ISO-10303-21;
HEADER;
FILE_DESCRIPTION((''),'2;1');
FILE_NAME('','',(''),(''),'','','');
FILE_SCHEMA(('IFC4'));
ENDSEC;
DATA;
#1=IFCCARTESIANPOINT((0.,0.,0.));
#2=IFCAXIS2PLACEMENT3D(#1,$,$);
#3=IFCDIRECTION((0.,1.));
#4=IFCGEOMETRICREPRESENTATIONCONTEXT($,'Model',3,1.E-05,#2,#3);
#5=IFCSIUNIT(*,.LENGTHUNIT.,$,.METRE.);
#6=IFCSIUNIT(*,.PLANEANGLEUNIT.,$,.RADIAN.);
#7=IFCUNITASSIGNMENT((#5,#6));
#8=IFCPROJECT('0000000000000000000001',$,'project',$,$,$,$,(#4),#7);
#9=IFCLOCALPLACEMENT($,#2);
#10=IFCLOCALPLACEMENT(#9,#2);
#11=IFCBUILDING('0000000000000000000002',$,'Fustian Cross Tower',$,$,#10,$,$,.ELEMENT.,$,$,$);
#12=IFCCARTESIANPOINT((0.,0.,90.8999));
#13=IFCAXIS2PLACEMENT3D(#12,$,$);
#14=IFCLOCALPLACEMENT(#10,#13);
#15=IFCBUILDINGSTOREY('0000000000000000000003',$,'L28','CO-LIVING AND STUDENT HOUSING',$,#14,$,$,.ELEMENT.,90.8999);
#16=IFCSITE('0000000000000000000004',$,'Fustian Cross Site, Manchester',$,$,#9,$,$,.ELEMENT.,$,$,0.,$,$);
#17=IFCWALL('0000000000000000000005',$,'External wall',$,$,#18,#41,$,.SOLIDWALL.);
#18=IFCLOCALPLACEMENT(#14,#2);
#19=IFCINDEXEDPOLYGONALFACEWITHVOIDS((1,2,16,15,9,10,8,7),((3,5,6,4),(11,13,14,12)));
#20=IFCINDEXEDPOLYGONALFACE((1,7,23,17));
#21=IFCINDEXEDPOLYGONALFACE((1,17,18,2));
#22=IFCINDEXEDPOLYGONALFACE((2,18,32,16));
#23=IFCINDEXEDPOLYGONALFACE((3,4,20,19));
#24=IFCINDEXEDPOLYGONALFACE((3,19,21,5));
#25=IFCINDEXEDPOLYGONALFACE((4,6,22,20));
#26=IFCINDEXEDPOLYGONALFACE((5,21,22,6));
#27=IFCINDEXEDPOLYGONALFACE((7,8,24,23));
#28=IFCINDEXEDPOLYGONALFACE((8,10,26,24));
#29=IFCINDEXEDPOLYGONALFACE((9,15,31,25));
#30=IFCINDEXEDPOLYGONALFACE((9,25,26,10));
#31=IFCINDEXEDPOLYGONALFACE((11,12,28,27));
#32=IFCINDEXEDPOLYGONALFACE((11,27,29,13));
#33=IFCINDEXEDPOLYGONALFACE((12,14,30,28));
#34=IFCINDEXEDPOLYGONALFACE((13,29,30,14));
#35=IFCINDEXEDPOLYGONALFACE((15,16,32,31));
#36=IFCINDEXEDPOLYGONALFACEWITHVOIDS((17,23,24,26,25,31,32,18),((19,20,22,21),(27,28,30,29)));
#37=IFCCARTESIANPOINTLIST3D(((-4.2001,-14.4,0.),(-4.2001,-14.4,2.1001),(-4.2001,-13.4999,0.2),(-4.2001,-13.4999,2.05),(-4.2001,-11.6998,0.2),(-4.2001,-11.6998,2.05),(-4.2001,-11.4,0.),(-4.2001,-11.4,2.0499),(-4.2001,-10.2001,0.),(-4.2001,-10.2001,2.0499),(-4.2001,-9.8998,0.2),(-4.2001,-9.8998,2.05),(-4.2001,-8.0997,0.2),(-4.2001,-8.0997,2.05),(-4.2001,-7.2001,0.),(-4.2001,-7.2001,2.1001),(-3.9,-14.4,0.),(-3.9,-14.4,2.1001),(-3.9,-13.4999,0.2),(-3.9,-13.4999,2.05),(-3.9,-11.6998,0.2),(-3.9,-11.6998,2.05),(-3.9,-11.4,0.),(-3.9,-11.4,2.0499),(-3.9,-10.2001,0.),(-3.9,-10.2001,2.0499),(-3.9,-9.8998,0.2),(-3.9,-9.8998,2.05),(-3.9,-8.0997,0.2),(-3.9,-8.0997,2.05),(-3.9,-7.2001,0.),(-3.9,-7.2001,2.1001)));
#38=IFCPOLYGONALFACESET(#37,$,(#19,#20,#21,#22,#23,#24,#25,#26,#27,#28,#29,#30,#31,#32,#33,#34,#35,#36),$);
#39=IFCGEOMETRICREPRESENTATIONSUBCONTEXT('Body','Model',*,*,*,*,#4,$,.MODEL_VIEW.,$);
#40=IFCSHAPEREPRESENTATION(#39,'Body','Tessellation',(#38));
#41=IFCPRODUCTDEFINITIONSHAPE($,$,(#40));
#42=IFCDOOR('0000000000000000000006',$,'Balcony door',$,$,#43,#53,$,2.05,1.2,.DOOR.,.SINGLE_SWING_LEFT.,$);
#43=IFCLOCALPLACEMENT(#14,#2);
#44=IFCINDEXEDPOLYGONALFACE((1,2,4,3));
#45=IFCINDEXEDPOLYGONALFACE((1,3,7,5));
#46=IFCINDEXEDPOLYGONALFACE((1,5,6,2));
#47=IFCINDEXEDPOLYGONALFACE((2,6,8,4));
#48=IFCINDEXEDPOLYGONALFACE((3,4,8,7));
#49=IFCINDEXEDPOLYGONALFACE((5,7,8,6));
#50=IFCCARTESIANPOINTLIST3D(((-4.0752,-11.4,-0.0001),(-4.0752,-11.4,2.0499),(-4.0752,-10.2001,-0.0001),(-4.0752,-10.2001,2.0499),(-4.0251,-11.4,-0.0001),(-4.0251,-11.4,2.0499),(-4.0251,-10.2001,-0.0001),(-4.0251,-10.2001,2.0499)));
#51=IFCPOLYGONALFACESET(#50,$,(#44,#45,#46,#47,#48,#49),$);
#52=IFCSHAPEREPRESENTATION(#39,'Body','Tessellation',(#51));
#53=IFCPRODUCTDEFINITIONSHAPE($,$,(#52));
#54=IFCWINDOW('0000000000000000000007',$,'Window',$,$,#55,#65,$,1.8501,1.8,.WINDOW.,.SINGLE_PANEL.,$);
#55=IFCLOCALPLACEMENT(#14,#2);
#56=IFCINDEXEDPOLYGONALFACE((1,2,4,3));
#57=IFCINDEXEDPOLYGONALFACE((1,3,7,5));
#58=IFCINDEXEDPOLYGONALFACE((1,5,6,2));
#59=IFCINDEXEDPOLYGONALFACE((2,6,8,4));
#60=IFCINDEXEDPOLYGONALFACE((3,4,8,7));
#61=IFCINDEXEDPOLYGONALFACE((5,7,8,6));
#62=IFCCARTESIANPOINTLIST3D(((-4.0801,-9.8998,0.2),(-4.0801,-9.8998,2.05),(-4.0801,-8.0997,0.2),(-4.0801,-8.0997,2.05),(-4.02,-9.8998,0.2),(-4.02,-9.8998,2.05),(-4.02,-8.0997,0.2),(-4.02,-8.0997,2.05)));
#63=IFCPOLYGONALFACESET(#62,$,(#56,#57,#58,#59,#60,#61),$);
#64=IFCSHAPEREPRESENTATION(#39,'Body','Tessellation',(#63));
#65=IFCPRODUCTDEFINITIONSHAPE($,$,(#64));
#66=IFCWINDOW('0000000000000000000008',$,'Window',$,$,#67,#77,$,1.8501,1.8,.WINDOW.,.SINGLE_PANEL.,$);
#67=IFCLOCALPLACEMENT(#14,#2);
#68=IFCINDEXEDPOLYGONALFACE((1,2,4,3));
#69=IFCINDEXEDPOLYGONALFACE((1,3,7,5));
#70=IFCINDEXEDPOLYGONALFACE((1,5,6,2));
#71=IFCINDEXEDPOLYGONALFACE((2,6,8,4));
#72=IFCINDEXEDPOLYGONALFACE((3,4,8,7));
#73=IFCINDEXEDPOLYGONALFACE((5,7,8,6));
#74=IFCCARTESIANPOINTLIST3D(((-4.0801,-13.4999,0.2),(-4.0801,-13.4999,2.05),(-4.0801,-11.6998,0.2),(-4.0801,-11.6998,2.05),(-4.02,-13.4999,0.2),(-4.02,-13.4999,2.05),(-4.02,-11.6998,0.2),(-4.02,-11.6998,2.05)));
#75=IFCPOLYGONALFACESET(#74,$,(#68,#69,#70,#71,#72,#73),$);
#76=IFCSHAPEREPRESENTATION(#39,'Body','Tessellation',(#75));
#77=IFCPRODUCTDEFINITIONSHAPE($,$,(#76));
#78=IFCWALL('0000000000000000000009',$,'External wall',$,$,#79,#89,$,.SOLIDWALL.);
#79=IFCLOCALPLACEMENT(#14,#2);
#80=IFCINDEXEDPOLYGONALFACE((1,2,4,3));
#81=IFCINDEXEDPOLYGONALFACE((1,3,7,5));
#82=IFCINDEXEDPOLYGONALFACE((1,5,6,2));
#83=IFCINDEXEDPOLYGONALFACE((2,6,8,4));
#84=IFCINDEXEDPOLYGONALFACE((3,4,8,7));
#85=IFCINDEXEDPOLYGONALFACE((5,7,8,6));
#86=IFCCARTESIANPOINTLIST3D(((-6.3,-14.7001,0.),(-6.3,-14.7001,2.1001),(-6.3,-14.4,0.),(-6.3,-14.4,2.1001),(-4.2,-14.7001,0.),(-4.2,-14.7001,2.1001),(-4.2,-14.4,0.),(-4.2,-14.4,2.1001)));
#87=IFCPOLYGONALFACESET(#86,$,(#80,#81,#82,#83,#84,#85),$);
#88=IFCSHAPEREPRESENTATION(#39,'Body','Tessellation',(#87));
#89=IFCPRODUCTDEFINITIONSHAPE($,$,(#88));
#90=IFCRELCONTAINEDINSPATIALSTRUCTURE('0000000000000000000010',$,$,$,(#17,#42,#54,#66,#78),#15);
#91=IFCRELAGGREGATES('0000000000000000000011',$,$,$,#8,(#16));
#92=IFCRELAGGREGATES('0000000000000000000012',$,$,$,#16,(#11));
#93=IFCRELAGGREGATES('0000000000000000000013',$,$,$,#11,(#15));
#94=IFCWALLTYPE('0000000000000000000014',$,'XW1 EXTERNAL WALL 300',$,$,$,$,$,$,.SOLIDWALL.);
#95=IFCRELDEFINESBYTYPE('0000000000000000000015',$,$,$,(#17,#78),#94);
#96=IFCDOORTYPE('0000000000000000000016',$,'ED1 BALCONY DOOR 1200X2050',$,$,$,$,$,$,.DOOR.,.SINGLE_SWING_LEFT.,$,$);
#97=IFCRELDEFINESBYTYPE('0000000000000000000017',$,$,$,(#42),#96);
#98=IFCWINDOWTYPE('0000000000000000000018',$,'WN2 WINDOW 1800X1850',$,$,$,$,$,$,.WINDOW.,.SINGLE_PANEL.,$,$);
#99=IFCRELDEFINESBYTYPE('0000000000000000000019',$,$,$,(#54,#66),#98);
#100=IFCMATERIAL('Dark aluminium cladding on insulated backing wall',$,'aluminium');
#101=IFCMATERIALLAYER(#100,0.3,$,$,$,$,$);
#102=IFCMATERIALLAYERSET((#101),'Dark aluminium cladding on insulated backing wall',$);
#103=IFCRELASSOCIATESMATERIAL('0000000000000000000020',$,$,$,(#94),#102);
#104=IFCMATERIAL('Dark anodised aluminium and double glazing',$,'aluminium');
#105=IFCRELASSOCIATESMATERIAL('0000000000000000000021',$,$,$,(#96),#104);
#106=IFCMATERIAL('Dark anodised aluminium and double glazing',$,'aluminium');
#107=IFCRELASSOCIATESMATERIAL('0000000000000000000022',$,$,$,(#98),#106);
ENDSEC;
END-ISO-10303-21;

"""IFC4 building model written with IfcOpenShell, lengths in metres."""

from ifc_helpers import new_model, si_unit, direction, frame, frame_2d, origin, place, context, subcontext, project, spatial, rectangle, extrude, material, layer, layer_set, type_object, element, fill, save


model = new_model("IFC4")

# Units and contexts
model_context = context("Model", 3, precision=1e-05, world=origin(), true_north=direction((0.0, 1.0)))
body_context = subcontext(model_context, "Body", "Model", "MODEL_VIEW")
ifc_project = project(units=[si_unit("LENGTHUNIT", "METRE"), si_unit("PLANEANGLEUNIT", "RADIAN")], contexts=[model_context])

# Site, building, storey
site_placement = place(None, origin())
site = spatial("IfcSite", under=ifc_project, at=site_placement, Name="Fustian Cross Site, Manchester", CompositionType="ELEMENT", RefElevation=0.0)
building_placement = place(site_placement, origin())
building = spatial("IfcBuilding", under=site, at=building_placement, Name="Fustian Cross Tower", CompositionType="ELEMENT")
storey_placement = place(building_placement, frame((0.0, 0.0, 90.8999)))
storey = spatial("IfcBuildingStorey", under=building, at=storey_placement, Name="L28", Description="CO-LIVING AND STUDENT HOUSING", CompositionType="ELEMENT", Elevation=90.8999)

# Wall, openings, door, windows
ifc_material_1 = material(Name="Dark aluminium cladding on insulated backing wall", Category="aluminium")
ifc_layer_1 = layer(ifc_material_1, 0.3)
ifc_layer_set_1 = layer_set([ifc_layer_1], Name="Dark aluminium cladding on insulated backing wall")
wall_type_1 = type_object("IfcWallType", Name="XW1 EXTERNAL WALL 300", PredefinedType="SOLIDWALL", material=ifc_layer_set_1)
wall_1_placement = place(storey_placement, frame((-4.05, -7.2, 0.0), z_axis=(0.0, 0.0, 1.0), x_axis=(0.0, -1.0, 0.0)))
wall_1 = element("IfcWall", 1, at=wall_1_placement, inside=storey, type_object=wall_type_1, Name="External wall", PredefinedType="SOLIDWALL", context=body_context, shape_type="SweptSolid", body=[
    extrude(rectangle(XDim=7.2, YDim=0.3, at=frame_2d((3.6001, 0.0))), origin(), (0.0, 0.0, 1.0), 2.1001),
])
opening_1_placement = place(wall_1_placement, frame((3.0, 0.0, 0.0)))
opening_1 = element("IfcOpeningElement", 2, at=opening_1_placement, cuts=wall_1, PredefinedType="OPENING", context=body_context, shape_type="SweptSolid", body=[
    extrude(rectangle(XDim=1.2, YDim=2.05, at=frame_2d((0.6001, 1.0249))), frame((0.0, 0.1599, 0.0), z_axis=(0.0, -1.0, 0.0), x_axis=(1.0, 0.0, 0.0)), (0.0, 0.0, 1.0), 0.3201),
])
opening_2_placement = place(wall_1_placement, frame((0.8999, 0.0, 0.2)))
opening_2 = element("IfcOpeningElement", 3, at=opening_2_placement, cuts=wall_1, PredefinedType="OPENING", context=body_context, shape_type="SweptSolid", body=[
    extrude(rectangle(XDim=1.8, YDim=1.8501, at=frame_2d((0.8999, 0.925))), frame((0.0, 0.1599, 0.0), z_axis=(0.0, -1.0, 0.0), x_axis=(1.0, 0.0, 0.0)), (0.0, 0.0, 1.0), 0.3201),
])
opening_3_placement = place(wall_1_placement, frame((4.5, 0.0, 0.2)))
opening_3 = element("IfcOpeningElement", 4, at=opening_3_placement, cuts=wall_1, PredefinedType="OPENING", context=body_context, shape_type="SweptSolid", body=[
    extrude(rectangle(XDim=1.8, YDim=1.8501, at=frame_2d((0.8999, 0.925))), frame((0.0, 0.1599, 0.0), z_axis=(0.0, -1.0, 0.0), x_axis=(1.0, 0.0, 0.0)), (0.0, 0.0, 1.0), 0.3201),
])
ifc_material_2 = material(Name="Dark anodised aluminium and double glazing", Category="aluminium")
door_type = type_object("IfcDoorType", Name="ED1 BALCONY DOOR 1200X2050", OperationType="SINGLE_SWING_LEFT", PredefinedType="DOOR", material=ifc_material_2)
door_placement = place(opening_1_placement, origin())
door = element("IfcDoor", 5, at=door_placement, inside=storey, type_object=door_type, Name="Balcony door", OperationType="SINGLE_SWING_LEFT", OverallHeight=2.05, OverallWidth=1.2, PredefinedType="DOOR", context=body_context, shape_type="SweptSolid", body=[
    extrude(rectangle(XDim=1.2, YDim=2.05, at=frame_2d((0.6001, 1.0249))), frame((0.0, 0.0249, 0.0), z_axis=(0.0, -1.0, 0.0), x_axis=(1.0, 0.0, 0.0)), (0.0, 0.0, 1.0), 0.05),
])
fill(opening_1, door)
ifc_material_3 = material(Name="Dark anodised aluminium and double glazing", Category="aluminium")
window_type = type_object("IfcWindowType", Name="WN2 WINDOW 1800X1850", PartitioningType="SINGLE_PANEL", PredefinedType="WINDOW", material=ifc_material_3)
window_1_placement = place(opening_2_placement, origin())
window_1 = element("IfcWindow", 6, at=window_1_placement, inside=storey, type_object=window_type, Name="Window", OverallHeight=1.8501, OverallWidth=1.8, PartitioningType="SINGLE_PANEL", PredefinedType="WINDOW", context=body_context, shape_type="SweptSolid", body=[
    extrude(rectangle(XDim=1.8, YDim=1.8501, at=frame_2d((0.8999, 0.925))), frame((0.0, 0.03, 0.0), z_axis=(0.0, -1.0, 0.0), x_axis=(1.0, 0.0, 0.0)), (0.0, 0.0, 1.0), 0.0601),
])
fill(opening_2, window_1)
window_2_placement = place(opening_3_placement, origin())
window_2 = element("IfcWindow", 7, at=window_2_placement, inside=storey, type_object=window_type, Name="Window", OverallHeight=1.8501, OverallWidth=1.8, PartitioningType="SINGLE_PANEL", PredefinedType="WINDOW", context=body_context, shape_type="SweptSolid", body=[
    extrude(rectangle(XDim=1.8, YDim=1.8501, at=frame_2d((0.8999, 0.925))), frame((0.0, 0.03, 0.0), z_axis=(0.0, -1.0, 0.0), x_axis=(1.0, 0.0, 0.0)), (0.0, 0.0, 1.0), 0.0601),
])
fill(opening_3, window_2)

# Wall
wall_2_placement = place(storey_placement, frame((-4.2, -14.55, 0.0), z_axis=(0.0, 0.0, 1.0), x_axis=(-1.0, 0.0, 0.0)))
element("IfcWall", 8, at=wall_2_placement, inside=storey, type_object=wall_type_1, Name="External wall", PredefinedType="SOLIDWALL", context=body_context, shape_type="SweptSolid", body=[
    extrude(rectangle(XDim=2.1001, YDim=0.3, at=frame_2d((1.05, 0.0))), origin(), (0.0, 0.0, 1.0), 2.1001),
])

save(model, "model.ifc")
